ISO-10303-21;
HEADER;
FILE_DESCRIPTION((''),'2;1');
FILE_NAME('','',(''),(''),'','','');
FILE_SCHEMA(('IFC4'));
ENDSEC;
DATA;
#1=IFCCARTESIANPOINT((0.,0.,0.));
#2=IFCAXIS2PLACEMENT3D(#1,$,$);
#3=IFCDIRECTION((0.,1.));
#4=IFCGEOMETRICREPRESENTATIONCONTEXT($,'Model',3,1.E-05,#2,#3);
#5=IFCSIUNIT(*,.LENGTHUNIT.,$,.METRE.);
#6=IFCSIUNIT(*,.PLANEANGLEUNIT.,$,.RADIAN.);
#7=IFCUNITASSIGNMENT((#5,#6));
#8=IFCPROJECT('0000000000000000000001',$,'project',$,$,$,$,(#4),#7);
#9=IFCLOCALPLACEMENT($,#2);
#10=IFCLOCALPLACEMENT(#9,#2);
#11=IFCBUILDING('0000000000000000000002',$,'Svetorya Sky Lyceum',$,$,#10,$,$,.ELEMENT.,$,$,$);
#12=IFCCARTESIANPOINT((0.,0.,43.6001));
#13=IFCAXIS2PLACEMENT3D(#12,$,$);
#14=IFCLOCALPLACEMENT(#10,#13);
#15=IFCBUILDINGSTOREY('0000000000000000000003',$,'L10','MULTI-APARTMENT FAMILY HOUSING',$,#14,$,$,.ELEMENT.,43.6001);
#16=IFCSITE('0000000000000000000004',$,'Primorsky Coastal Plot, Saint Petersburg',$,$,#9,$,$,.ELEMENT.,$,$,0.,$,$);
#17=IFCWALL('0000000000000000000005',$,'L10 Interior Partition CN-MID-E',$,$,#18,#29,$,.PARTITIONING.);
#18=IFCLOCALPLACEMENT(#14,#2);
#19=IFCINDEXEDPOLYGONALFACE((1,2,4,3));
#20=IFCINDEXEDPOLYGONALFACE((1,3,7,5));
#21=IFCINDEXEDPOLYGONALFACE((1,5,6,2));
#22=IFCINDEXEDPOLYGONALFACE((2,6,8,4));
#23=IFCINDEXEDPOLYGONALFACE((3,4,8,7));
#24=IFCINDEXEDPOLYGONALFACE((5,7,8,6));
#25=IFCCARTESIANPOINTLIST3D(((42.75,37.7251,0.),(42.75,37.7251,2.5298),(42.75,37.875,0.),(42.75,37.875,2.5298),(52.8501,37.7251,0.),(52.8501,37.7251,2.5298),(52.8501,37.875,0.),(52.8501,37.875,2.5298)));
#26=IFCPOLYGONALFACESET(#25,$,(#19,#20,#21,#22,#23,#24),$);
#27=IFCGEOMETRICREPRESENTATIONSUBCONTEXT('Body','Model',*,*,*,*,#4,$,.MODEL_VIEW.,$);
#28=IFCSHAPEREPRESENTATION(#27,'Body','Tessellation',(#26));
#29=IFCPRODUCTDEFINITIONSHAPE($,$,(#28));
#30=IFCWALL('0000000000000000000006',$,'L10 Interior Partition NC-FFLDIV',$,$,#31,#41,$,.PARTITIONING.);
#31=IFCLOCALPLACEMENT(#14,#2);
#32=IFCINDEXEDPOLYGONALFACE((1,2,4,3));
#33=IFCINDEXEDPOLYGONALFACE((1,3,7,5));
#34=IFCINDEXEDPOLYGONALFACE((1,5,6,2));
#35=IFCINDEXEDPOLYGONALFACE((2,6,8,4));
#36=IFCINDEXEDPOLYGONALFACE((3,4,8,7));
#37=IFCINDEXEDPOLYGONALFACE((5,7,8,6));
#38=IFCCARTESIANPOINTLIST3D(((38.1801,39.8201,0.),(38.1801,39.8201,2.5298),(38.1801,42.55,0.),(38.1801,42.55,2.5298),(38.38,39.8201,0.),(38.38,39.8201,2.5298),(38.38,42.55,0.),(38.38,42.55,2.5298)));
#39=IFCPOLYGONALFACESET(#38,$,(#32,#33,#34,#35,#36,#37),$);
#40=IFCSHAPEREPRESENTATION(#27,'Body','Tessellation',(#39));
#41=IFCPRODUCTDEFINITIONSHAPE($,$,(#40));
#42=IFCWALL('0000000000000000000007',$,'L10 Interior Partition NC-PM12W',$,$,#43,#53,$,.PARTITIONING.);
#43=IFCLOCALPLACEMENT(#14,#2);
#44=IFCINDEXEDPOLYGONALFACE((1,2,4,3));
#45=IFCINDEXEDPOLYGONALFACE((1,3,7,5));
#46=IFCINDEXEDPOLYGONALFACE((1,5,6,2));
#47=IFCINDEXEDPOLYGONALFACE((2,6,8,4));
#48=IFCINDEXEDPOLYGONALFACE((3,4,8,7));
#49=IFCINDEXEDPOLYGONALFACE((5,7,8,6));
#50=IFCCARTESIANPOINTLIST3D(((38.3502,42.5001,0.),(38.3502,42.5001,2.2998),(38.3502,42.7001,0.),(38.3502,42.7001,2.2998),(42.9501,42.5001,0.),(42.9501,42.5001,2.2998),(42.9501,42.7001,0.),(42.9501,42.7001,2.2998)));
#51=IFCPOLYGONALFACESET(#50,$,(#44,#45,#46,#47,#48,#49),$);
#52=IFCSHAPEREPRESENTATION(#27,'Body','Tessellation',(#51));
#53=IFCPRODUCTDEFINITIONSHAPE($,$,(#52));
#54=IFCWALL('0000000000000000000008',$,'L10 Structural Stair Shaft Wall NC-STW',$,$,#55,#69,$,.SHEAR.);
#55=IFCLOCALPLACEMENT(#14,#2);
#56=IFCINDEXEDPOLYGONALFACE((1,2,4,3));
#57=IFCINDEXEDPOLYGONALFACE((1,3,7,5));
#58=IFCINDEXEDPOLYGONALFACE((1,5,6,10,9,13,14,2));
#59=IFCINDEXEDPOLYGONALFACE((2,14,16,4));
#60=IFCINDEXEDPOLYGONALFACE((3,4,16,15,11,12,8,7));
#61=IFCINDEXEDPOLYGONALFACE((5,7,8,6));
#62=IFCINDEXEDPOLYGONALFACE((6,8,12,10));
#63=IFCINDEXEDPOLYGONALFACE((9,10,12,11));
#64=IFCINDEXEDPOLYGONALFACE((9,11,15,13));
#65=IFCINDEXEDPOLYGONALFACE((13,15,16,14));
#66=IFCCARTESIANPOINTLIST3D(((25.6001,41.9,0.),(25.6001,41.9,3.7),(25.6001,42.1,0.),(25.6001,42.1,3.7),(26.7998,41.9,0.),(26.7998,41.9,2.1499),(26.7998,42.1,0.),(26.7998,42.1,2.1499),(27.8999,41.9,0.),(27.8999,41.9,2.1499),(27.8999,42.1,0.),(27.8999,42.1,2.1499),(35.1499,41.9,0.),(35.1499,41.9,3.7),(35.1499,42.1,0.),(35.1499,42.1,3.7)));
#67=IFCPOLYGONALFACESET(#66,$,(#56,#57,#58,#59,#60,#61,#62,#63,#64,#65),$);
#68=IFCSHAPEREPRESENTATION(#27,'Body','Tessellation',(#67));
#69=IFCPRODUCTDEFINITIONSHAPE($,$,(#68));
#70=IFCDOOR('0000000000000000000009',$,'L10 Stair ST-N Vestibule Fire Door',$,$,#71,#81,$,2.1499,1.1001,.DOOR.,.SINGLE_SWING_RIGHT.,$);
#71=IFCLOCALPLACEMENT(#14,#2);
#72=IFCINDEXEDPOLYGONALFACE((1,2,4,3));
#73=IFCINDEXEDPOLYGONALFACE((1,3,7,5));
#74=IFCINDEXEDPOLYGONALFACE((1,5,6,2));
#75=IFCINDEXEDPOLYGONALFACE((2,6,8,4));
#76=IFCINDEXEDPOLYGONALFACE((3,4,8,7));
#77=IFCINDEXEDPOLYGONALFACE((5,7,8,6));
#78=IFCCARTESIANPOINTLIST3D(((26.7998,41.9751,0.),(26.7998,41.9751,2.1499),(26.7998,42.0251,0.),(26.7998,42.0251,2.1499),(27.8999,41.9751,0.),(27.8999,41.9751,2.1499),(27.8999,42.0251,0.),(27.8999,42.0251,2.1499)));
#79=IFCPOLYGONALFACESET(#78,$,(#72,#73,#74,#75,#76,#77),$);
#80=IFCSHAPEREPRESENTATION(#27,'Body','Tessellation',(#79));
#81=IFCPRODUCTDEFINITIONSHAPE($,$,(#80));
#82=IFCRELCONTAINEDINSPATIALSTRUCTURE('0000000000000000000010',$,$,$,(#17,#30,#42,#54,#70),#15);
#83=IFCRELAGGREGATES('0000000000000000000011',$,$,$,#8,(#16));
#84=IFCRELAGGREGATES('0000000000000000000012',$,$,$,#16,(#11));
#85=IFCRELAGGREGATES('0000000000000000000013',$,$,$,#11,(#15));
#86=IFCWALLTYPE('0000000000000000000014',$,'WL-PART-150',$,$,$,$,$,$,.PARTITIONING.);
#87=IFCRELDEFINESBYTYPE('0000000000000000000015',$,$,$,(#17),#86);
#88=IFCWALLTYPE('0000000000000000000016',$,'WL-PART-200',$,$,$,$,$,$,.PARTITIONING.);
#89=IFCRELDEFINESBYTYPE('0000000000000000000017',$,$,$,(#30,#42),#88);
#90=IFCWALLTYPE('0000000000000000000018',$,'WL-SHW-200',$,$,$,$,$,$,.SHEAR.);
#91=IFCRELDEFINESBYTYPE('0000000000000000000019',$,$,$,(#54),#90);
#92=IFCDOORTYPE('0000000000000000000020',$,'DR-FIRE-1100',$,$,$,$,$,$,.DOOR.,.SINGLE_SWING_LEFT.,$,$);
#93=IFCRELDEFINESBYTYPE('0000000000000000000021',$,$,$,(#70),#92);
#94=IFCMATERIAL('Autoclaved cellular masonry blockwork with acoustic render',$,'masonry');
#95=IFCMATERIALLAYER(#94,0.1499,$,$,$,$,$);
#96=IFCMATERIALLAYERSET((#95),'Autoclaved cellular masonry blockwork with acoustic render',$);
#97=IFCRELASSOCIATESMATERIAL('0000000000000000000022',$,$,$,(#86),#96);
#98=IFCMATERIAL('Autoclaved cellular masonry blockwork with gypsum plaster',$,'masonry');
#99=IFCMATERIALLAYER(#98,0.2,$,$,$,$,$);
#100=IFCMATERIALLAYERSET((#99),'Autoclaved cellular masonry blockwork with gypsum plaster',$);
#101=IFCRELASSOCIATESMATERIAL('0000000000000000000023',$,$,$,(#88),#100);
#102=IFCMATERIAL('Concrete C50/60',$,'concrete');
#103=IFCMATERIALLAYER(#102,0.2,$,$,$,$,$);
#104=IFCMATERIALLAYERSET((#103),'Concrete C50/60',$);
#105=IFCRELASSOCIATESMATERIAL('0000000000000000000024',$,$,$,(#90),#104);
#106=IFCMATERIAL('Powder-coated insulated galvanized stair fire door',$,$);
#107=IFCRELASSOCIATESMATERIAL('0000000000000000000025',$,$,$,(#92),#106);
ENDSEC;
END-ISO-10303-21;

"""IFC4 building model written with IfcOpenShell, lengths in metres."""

from ifc_helpers import new_model, si_unit, direction, frame, frame_2d, origin, place, context, subcontext, project, spatial, rectangle, extrude, material, layer, layer_set, type_object, element, fill, save


model = new_model("IFC4")

# Units and contexts
model_context = context("Model", 3, precision=1e-05, world=origin(), true_north=direction((0.0, 1.0)))
body_context = subcontext(model_context, "Body", "Model", "MODEL_VIEW")
ifc_project = project(units=[si_unit("LENGTHUNIT", "METRE"), si_unit("PLANEANGLEUNIT", "RADIAN")], contexts=[model_context])

# Site, building, storey
site_placement = place(None, origin())
site = spatial("IfcSite", under=ifc_project, at=site_placement, Name="Primorsky Coastal Plot, Saint Petersburg", CompositionType="ELEMENT", RefElevation=0.0)
building_placement = place(site_placement, origin())
building = spatial("IfcBuilding", under=site, at=building_placement, Name="Svetorya Sky Lyceum", CompositionType="ELEMENT")
storey_placement = place(building_placement, frame((0.0, 0.0, 43.6001)))
storey = spatial("IfcBuildingStorey", under=building, at=storey_placement, Name="L10", Description="MULTI-APARTMENT FAMILY HOUSING", CompositionType="ELEMENT", Elevation=43.6001)

# Shared definitions
ifc_material_1 = material(Name="Concrete C50/60", Category="concrete")

# Wall
ifc_material_2 = material(Name="Autoclaved cellular masonry blockwork with acoustic render", Category="masonry")
ifc_layer_1 = layer(ifc_material_2, 0.1499)
ifc_layer_set_1 = layer_set([ifc_layer_1], Name="Autoclaved cellular masonry blockwork with acoustic render")
wall_type_1 = type_object("IfcWallType", Name="WL-PART-150", PredefinedType="PARTITIONING", material=ifc_layer_set_1)
wall_1_placement = place(storey_placement, frame((42.75, 37.8, 0.0), z_axis=(0.0, 0.0, 1.0), x_axis=(1.0, 0.0, 0.0)))
element("IfcWall", 1, at=wall_1_placement, inside=storey, type_object=wall_type_1, Name="L10 Interior Partition CN-MID-E", PredefinedType="PARTITIONING", context=body_context, shape_type="SweptSolid", body=[
    extrude(rectangle(XDim=10.1001, YDim=0.1499, at=frame_2d((5.05, 0.0))), origin(), (0.0, 0.0, 1.0), 2.5298),
])

# Shared definitions
ifc_material_3 = material(Name="Autoclaved cellular masonry blockwork with gypsum plaster", Category="masonry")
ifc_layer_2 = layer(ifc_material_3, 0.2)
ifc_layer_set_2 = layer_set([ifc_layer_2], Name="Autoclaved cellular masonry blockwork with gypsum plaster")
wall_type_2 = type_object("IfcWallType", Name="WL-PART-200", PredefinedType="PARTITIONING", material=ifc_layer_set_2)

# Walls
wall_2_placement = place(storey_placement, frame((38.28, 39.8201, 0.0), z_axis=(0.0, 0.0, 1.0), x_axis=(0.0, 1.0, 0.0)))
element("IfcWall", 2, at=wall_2_placement, inside=storey, type_object=wall_type_2, Name="L10 Interior Partition NC-FFLDIV", PredefinedType="PARTITIONING", context=body_context, shape_type="SweptSolid", body=[
    extrude(rectangle(XDim=2.73, YDim=0.2, at=frame_2d((1.365, 0.0))), origin(), (0.0, 0.0, 1.0), 2.5298),
])
wall_3_placement = place(storey_placement, frame((42.95, 42.6001, 0.0), z_axis=(0.0, 0.0, 1.0), x_axis=(-1.0, 0.0, 0.0)))
element("IfcWall", 3, at=wall_3_placement, inside=storey, type_object=wall_type_2, Name="L10 Interior Partition NC-PM12W", PredefinedType="PARTITIONING", context=body_context, shape_type="SweptSolid", body=[
    extrude(rectangle(XDim=4.5999, YDim=0.2, at=frame_2d((2.2998, 0.0))), origin(), (0.0, 0.0, 1.0), 2.2998),
])

# Wall, opening, door
ifc_layer_3 = layer(ifc_material_1, 0.2)
ifc_layer_set_3 = layer_set([ifc_layer_3], Name="Concrete C50/60")
wall_type_3 = type_object("IfcWallType", Name="WL-SHW-200", PredefinedType="SHEAR", material=ifc_layer_set_3)
wall_4_placement = place(storey_placement, frame((35.1499, 42.0, 0.0), z_axis=(0.0, 0.0, 1.0), x_axis=(-1.0, 0.0, 0.0)))
wall_4 = element("IfcWall", 4, at=wall_4_placement, inside=storey, type_object=wall_type_3, Name="L10 Structural Stair Shaft Wall NC-STW", PredefinedType="SHEAR", context=body_context, shape_type="SweptSolid", body=[
    extrude(rectangle(XDim=9.5498, YDim=0.2, at=frame_2d((4.7749, 0.0))), origin(), (0.0, 0.0, 1.0), 3.7),
])
opening_1_placement = place(wall_4_placement, frame((7.25, 0.0, 0.0)))
opening_1 = element("IfcOpeningElement", 5, at=opening_1_placement, cuts=wall_4, PredefinedType="OPENING", context=body_context, shape_type="SweptSolid", body=[
    extrude(rectangle(XDim=1.1001, YDim=2.1499, at=frame_2d((0.55, 1.075))), frame((0.0, 0.1099, 0.0), z_axis=(0.0, -1.0, 0.0), x_axis=(1.0, 0.0, 0.0)), (0.0, 0.0, 1.0), 0.22),
])
ifc_material_4 = material(Name="Powder-coated insulated galvanized stair fire door")
door_type_1 = type_object("IfcDoorType", Name="DR-FIRE-1100", OperationType="SINGLE_SWING_LEFT", PredefinedType="DOOR", material=ifc_material_4)
door_1_placement = place(opening_1_placement, origin())
door_1 = element("IfcDoor", 6, at=door_1_placement, inside=storey, type_object=door_type_1, Name="L10 Stair ST-N Vestibule Fire Door", OperationType="SINGLE_SWING_RIGHT", OverallHeight=2.1499, OverallWidth=1.1001, PredefinedType="DOOR", context=body_context, shape_type="SweptSolid", body=[
    extrude(rectangle(XDim=1.1001, YDim=2.1499, at=frame_2d((0.55, 1.075))), frame((0.0, 0.0249, 0.0), z_axis=(0.0, -1.0, 0.0), x_axis=(1.0, 0.0, 0.0)), (0.0, 0.0, 1.0), 0.05),
])
fill(opening_1, door_1)

save(model, "model.ifc")
